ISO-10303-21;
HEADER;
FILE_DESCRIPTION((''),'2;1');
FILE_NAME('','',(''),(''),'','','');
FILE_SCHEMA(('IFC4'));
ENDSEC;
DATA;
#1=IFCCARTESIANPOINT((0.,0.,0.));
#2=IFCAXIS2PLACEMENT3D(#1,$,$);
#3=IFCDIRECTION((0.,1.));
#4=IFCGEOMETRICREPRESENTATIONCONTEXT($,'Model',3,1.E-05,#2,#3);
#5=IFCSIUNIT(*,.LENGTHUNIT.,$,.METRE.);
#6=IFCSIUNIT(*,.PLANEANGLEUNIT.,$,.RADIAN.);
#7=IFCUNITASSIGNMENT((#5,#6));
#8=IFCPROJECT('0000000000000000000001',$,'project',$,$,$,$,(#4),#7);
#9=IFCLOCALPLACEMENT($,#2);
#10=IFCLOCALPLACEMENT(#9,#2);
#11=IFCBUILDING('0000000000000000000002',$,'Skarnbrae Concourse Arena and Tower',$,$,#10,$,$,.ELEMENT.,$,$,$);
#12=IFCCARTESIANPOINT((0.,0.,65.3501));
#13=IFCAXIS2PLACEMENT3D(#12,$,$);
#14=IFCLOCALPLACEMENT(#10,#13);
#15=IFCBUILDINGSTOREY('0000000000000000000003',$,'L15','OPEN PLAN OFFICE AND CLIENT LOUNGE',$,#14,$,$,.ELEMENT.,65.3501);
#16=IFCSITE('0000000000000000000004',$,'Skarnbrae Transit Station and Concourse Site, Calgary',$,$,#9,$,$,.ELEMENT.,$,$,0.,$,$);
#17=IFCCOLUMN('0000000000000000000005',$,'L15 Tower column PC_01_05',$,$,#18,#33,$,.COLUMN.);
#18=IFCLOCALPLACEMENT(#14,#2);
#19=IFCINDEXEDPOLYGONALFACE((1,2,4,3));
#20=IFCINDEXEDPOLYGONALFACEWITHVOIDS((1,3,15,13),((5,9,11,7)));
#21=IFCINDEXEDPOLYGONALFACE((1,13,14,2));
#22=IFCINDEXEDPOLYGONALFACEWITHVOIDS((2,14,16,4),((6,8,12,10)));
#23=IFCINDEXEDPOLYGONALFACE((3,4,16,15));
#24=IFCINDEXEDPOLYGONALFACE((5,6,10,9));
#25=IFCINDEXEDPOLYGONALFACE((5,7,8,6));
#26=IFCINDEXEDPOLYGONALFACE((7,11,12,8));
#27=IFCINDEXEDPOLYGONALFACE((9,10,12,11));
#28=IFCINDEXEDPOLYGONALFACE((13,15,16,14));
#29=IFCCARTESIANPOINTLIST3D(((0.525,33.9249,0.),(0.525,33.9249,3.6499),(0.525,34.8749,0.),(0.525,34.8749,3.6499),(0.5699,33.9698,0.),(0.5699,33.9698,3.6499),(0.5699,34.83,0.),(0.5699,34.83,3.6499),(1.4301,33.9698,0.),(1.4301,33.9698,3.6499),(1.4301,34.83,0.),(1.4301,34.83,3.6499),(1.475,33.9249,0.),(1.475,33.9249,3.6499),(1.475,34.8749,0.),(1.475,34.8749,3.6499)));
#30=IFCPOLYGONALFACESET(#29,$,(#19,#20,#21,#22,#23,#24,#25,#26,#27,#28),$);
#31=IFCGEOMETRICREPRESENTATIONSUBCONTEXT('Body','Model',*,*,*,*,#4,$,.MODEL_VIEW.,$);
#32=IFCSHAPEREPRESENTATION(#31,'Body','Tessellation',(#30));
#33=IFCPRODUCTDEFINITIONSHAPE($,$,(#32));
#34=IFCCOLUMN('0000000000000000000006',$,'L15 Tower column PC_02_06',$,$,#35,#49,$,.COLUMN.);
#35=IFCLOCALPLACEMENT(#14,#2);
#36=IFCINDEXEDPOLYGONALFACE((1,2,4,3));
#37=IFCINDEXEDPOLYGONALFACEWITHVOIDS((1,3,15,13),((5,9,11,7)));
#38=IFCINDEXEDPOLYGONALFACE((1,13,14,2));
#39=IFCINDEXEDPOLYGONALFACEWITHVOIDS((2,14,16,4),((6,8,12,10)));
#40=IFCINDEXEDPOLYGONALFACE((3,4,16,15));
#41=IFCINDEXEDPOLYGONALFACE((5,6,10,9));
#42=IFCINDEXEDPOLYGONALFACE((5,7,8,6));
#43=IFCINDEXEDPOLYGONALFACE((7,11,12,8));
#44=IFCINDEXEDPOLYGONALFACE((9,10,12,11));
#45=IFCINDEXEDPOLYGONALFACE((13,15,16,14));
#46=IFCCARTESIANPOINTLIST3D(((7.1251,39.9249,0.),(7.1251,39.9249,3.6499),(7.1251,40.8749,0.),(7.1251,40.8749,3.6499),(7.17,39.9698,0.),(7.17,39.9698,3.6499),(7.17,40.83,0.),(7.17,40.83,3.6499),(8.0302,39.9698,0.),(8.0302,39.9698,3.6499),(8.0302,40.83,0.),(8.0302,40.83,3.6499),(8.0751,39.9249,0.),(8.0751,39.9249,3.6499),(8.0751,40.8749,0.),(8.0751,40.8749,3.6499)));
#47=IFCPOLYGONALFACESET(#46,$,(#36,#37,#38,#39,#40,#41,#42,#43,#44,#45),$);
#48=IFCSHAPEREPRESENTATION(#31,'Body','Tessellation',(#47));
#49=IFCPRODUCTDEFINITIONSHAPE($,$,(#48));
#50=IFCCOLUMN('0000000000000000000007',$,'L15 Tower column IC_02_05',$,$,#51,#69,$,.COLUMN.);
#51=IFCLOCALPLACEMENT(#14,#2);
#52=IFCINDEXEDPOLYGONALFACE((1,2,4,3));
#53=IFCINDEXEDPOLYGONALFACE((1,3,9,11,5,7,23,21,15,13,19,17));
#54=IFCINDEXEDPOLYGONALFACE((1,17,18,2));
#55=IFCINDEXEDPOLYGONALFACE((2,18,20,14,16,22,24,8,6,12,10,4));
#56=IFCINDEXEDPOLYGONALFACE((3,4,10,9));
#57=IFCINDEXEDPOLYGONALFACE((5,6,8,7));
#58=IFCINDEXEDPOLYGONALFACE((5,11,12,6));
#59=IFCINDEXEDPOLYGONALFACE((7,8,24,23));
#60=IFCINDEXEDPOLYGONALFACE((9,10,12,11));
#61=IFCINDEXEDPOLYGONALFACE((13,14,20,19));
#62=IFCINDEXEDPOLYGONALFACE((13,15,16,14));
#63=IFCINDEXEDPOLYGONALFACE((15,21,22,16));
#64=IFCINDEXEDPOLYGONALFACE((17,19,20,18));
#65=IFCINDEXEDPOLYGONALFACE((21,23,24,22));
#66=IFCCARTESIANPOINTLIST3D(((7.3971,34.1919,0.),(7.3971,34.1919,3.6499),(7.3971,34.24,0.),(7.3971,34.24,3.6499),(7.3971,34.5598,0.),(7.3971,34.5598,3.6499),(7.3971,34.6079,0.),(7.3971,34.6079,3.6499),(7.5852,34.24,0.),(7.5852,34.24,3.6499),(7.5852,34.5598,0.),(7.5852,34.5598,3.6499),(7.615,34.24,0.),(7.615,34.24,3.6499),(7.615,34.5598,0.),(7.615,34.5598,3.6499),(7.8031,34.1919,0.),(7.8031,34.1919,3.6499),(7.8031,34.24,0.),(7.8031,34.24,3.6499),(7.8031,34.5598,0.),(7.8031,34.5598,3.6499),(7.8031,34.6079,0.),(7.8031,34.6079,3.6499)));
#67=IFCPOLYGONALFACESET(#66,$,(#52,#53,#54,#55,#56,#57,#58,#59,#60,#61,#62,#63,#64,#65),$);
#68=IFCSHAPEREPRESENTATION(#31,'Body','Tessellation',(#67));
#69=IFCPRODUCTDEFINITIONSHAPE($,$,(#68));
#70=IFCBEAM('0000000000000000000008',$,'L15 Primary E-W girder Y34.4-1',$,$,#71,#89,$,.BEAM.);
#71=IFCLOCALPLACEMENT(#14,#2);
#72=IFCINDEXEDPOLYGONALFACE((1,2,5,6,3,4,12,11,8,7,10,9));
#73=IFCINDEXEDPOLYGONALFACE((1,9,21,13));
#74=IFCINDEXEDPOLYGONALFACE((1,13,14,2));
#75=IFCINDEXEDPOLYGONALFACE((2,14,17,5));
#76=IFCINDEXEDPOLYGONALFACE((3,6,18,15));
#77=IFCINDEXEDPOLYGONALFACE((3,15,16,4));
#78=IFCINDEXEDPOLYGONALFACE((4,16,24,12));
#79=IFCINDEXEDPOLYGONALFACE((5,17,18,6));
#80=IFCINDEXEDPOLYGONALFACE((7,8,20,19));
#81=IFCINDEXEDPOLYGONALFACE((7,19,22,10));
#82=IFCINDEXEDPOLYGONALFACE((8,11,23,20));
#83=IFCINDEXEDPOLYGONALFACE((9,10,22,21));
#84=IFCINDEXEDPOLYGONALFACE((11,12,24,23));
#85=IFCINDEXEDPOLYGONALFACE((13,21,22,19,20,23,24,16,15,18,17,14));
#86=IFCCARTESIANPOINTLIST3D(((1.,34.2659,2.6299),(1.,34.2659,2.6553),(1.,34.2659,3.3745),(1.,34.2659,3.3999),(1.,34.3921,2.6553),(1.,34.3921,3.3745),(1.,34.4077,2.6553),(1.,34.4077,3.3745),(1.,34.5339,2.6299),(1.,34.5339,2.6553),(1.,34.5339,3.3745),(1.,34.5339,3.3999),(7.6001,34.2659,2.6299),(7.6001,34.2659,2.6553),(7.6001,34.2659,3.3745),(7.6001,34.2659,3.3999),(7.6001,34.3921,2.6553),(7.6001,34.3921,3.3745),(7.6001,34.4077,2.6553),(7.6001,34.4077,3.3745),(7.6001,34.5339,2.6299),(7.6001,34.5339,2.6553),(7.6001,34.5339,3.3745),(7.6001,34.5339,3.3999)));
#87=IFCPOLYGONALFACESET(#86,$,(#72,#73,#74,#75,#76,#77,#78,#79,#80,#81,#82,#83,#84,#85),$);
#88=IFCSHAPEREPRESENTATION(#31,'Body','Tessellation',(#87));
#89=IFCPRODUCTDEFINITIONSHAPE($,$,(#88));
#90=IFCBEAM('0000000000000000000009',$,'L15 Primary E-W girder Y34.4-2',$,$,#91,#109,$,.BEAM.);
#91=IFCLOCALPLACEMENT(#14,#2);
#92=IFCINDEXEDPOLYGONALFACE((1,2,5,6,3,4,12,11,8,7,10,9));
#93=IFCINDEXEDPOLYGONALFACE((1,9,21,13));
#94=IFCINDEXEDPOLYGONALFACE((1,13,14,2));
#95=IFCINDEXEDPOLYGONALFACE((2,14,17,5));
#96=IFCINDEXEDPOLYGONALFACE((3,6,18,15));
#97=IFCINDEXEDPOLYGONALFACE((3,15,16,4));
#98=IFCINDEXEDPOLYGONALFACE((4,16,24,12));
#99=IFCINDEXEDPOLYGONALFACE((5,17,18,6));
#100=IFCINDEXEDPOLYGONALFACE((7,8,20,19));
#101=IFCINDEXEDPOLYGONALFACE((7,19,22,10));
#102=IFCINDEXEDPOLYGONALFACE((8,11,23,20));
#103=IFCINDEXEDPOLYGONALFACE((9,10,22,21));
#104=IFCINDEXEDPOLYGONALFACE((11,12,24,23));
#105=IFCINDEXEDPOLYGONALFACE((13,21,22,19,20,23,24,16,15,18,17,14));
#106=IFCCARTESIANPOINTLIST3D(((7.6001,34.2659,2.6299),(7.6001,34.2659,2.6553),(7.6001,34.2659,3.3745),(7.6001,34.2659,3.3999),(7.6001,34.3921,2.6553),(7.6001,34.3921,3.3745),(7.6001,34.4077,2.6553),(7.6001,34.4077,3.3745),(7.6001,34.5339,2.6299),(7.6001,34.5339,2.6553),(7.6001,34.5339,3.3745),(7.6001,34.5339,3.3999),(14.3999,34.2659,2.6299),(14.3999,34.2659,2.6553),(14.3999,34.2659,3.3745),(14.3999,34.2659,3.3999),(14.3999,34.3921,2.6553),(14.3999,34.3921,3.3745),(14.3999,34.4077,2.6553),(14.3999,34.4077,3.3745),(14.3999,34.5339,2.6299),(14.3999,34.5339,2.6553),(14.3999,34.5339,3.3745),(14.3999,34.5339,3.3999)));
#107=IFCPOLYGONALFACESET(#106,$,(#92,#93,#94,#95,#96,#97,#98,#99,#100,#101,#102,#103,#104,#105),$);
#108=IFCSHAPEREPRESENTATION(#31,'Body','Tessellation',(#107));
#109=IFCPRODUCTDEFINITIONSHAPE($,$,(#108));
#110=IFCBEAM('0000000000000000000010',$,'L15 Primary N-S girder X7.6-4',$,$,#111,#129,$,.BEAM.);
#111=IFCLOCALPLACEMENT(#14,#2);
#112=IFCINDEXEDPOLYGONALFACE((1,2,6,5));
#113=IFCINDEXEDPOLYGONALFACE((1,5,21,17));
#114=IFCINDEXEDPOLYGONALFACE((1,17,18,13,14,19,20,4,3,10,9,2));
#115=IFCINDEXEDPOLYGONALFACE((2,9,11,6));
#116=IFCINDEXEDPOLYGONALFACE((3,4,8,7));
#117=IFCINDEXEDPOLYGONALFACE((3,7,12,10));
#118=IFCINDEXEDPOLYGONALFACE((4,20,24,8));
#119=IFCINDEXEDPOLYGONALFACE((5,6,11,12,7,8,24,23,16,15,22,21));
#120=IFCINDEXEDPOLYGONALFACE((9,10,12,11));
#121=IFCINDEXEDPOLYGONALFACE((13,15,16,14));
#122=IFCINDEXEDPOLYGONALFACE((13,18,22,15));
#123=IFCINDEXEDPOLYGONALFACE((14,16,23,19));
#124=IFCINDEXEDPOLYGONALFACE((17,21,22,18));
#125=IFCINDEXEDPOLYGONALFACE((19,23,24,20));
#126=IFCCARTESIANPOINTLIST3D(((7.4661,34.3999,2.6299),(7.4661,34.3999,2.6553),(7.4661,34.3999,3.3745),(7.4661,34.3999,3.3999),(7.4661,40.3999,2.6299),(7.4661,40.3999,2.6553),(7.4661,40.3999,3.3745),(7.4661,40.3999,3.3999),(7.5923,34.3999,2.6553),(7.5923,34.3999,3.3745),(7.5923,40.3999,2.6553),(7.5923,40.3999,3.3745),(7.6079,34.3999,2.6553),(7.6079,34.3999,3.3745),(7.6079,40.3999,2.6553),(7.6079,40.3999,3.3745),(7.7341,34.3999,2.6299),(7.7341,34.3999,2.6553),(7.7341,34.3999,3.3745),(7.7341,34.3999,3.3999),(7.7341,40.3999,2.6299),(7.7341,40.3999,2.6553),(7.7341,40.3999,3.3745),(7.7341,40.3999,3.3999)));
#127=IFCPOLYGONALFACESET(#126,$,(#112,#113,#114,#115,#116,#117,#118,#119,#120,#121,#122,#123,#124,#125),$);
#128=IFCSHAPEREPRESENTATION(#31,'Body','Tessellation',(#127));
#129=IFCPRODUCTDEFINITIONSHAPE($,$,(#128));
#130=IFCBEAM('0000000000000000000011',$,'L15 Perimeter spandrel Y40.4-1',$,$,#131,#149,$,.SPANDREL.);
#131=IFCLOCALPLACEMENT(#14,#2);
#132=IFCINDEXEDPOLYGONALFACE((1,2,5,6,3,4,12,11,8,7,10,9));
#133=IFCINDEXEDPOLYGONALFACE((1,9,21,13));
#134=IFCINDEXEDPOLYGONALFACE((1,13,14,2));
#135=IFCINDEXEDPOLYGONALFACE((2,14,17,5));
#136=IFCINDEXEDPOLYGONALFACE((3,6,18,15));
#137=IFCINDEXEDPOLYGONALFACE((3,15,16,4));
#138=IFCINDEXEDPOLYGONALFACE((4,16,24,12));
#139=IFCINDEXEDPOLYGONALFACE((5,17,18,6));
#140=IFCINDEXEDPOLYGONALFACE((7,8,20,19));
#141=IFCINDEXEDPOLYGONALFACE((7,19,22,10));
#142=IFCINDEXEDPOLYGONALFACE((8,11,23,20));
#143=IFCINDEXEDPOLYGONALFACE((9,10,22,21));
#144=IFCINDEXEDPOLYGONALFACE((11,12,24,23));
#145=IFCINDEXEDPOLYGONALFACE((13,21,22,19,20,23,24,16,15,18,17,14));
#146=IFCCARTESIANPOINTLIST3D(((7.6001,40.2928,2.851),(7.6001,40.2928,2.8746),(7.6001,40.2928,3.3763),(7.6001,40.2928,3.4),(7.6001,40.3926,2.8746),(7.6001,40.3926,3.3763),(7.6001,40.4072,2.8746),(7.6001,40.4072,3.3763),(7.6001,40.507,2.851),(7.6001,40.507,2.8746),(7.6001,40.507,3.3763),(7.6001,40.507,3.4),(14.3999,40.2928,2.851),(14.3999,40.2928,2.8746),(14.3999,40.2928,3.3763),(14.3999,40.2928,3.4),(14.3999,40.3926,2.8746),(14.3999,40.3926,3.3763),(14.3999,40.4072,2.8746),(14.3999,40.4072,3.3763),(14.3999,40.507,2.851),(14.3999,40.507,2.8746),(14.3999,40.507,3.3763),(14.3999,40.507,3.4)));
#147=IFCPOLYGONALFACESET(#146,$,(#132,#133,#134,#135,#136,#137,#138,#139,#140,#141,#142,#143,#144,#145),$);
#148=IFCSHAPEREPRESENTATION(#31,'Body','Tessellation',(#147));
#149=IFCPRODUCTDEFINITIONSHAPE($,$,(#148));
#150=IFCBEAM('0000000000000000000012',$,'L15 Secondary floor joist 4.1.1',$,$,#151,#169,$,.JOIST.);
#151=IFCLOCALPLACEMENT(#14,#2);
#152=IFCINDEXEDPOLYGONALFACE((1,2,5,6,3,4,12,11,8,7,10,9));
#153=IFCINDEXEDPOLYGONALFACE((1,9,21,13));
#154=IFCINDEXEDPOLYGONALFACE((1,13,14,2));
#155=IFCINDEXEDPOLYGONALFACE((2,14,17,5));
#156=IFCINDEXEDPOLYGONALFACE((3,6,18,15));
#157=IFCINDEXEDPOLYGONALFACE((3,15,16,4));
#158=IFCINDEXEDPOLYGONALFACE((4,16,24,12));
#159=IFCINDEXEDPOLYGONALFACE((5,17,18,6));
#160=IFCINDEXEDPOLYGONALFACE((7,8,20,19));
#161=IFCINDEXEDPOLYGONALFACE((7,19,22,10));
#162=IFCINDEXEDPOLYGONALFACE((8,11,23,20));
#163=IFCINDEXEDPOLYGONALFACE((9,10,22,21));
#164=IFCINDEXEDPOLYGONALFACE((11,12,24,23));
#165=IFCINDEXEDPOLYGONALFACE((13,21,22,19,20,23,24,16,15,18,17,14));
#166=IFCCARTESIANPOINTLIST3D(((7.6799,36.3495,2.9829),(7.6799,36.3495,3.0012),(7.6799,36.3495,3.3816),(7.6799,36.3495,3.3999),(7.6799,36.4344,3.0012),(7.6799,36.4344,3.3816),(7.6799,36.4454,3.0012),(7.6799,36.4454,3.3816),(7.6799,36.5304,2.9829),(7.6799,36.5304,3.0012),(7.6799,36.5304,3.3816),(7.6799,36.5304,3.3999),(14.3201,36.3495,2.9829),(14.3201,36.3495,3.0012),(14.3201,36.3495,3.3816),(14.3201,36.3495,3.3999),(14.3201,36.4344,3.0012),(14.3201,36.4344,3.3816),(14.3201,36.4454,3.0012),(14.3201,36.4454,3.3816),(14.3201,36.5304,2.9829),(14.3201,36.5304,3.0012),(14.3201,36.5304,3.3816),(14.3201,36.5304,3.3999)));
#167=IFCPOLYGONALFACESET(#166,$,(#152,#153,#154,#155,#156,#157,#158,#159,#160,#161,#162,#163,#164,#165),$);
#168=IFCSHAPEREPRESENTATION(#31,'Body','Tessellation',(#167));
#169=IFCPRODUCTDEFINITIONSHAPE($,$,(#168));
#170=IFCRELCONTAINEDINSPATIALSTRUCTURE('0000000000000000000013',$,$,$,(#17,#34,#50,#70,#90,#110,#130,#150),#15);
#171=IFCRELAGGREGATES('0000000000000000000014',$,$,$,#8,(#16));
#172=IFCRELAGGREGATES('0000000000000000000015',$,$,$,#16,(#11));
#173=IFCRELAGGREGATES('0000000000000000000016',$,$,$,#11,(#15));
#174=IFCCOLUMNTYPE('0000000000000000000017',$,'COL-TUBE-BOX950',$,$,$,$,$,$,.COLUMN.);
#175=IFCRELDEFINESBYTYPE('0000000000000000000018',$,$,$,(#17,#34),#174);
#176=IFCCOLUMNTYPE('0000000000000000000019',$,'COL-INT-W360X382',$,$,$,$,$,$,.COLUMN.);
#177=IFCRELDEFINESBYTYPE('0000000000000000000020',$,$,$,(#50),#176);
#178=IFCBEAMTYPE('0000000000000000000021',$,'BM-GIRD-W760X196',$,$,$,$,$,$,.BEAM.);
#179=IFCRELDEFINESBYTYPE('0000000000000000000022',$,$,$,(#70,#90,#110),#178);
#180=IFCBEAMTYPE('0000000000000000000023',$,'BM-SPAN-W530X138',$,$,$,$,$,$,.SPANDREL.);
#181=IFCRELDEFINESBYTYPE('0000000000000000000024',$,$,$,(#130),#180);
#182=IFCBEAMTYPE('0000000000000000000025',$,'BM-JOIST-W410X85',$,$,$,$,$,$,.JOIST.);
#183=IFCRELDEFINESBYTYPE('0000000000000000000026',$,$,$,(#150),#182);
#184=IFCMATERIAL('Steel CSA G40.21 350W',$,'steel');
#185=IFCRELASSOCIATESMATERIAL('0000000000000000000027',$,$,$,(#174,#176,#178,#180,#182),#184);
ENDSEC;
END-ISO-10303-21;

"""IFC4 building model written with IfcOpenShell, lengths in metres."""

from ifc_helpers import new_model, si_unit, direction, frame, origin, origin_2d, place, context, subcontext, project, spatial, hollow_rectangle, i_section, extrude, source, transform, mapped, material, material_profile, profile_set, type_object, element, save


model = new_model("IFC4")

# Units and contexts
model_context = context("Model", 3, precision=1e-05, world=origin(), true_north=direction((0.0, 1.0)))
body_context = subcontext(model_context, "Body", "Model", "MODEL_VIEW")
ifc_project = project(units=[si_unit("LENGTHUNIT", "METRE"), si_unit("PLANEANGLEUNIT", "RADIAN")], contexts=[model_context])

# Site, building, storey
site_placement = place(None, origin())
site = spatial("IfcSite", under=ifc_project, at=site_placement, Name="Skarnbrae Transit Station and Concourse Site, Calgary", CompositionType="ELEMENT", RefElevation=0.0)
building_placement = place(site_placement, origin())
building = spatial("IfcBuilding", under=site, at=building_placement, Name="Skarnbrae Concourse Arena and Tower", CompositionType="ELEMENT")
storey_placement = place(building_placement, frame((0.0, 0.0, 65.3501)))
storey = spatial("IfcBuildingStorey", under=building, at=storey_placement, Name="L15", Description="OPEN PLAN OFFICE AND CLIENT LOUNGE", CompositionType="ELEMENT", Elevation=65.3501)

# Columns
ifc_material_1 = material(Name="Steel CSA G40.21 350W", Category="steel")
ifc_material_profile_1 = material_profile(ifc_material_1, hollow_rectangle(XDim=0.95, YDim=0.95, WallThickness=0.0449, at=origin_2d()), Name="BOX950X950X45")
ifc_profile_set_1 = profile_set([ifc_material_profile_1], Name="Steel CSA G40.21 350W")
column_type_1 = type_object("IfcColumnType", Name="COL-TUBE-BOX950", PredefinedType="COLUMN", material=ifc_profile_set_1)
shared_shape_1 = source(origin(), body_context, "Body", "SweptSolid", [
    extrude(hollow_rectangle(XDim=0.95, YDim=0.95, WallThickness=0.0449, at=origin_2d()), origin(), (0.0, 0.0, 1.0), 3.6499),
])
for number, where, z_axis, x_axis, name in (
    (1, (1.0, 34.3999, 0.0), (0.0, 0.0, 1.0), (1.0, 0.0, 0.0), "L15 Tower column PC_01_05"),
    (2, (7.6001, 40.3999, 0.0), (0.0, 0.0, 1.0), (1.0, 0.0, 0.0), "L15 Tower column PC_02_06"),
):
    element("IfcColumn", number, at=place(storey_placement, frame(where, z_axis=z_axis, x_axis=x_axis)), inside=storey, type_object=column_type_1, Name=name, PredefinedType="COLUMN", context=body_context, shape_type="MappedRepresentation", body=[
        mapped(shared_shape_1, transform((0.0, 0.0, 0.0))),
    ])
ifc_material_profile_2 = material_profile(ifc_material_1, i_section(OverallWidth=0.406, OverallDepth=0.416, WebThickness=0.0298, FlangeThickness=0.0481, at=origin_2d()), Name="W360X382")
ifc_profile_set_2 = profile_set([ifc_material_profile_2], Name="Steel CSA G40.21 350W")
column_type_2 = type_object("IfcColumnType", Name="COL-INT-W360X382", PredefinedType="COLUMN", material=ifc_profile_set_2)
shared_shape_2 = source(origin(), body_context, "Body", "SweptSolid", [
    extrude(i_section(OverallWidth=0.406, OverallDepth=0.416, WebThickness=0.0298, FlangeThickness=0.0481, at=origin_2d()), origin(), (0.0, 0.0, 1.0), 3.6499),
])
column_placement = place(storey_placement, frame((7.6001, 34.3999, 0.0), z_axis=(0.0, 0.0, 1.0), x_axis=(1.0, 0.0, 0.0)))
element("IfcColumn", 3, at=column_placement, inside=storey, type_object=column_type_2, Name="L15 Tower column IC_02_05", PredefinedType="COLUMN", context=body_context, shape_type="MappedRepresentation", body=[
    mapped(shared_shape_2, transform((0.0, 0.0, 0.0))),
])

# Beams
ifc_material_profile_3 = material_profile(ifc_material_1, i_section(OverallWidth=0.2681, OverallDepth=0.77, WebThickness=0.0156, FlangeThickness=0.0254, at=origin_2d()), Name="W760X196")
ifc_profile_set_3 = profile_set([ifc_material_profile_3], Name="Steel CSA G40.21 350W")
beam_type_1 = type_object("IfcBeamType", Name="BM-GIRD-W760X196", PredefinedType="BEAM", material=ifc_profile_set_3)
shared_shape_3 = source(origin(), body_context, "Body", "SweptSolid", [
    extrude(i_section(OverallWidth=0.2681, OverallDepth=0.77, WebThickness=0.0156, FlangeThickness=0.0254, at=origin_2d()), origin(), (0.0, 0.0, 1.0), 6.6001),
])
beam_1_placement = place(storey_placement, frame((1.0, 34.3999, 3.0149), z_axis=(1.0, 0.0, 0.0), x_axis=(0.0, 1.0, 0.0)))
element("IfcBeam", 4, at=beam_1_placement, inside=storey, type_object=beam_type_1, Name="L15 Primary E-W girder Y34.4-1", PredefinedType="BEAM", context=body_context, shape_type="MappedRepresentation", body=[
    mapped(shared_shape_3, transform((0.0, 0.0, 0.0))),
])
shared_shape_4 = source(origin(), body_context, "Body", "SweptSolid", [
    extrude(i_section(OverallWidth=0.2681, OverallDepth=0.77, WebThickness=0.0156, FlangeThickness=0.0254, at=origin_2d()), origin(), (0.0, 0.0, 1.0), 6.7998),
])
beam_2_placement = place(storey_placement, frame((7.6001, 34.3999, 3.0149), z_axis=(1.0, 0.0, 0.0), x_axis=(0.0, 1.0, 0.0)))
element("IfcBeam", 5, at=beam_2_placement, inside=storey, type_object=beam_type_1, Name="L15 Primary E-W girder Y34.4-2", PredefinedType="BEAM", context=body_context, shape_type="MappedRepresentation", body=[
    mapped(shared_shape_4, transform((0.0, 0.0, 0.0))),
])
shared_shape_5 = source(origin(), body_context, "Body", "SweptSolid", [
    extrude(i_section(OverallWidth=0.2681, OverallDepth=0.77, WebThickness=0.0156, FlangeThickness=0.0254, at=origin_2d()), origin(), (0.0, 0.0, 1.0), 6.0),
])
beam_3_placement = place(storey_placement, frame((7.6001, 34.3999, 3.0149), z_axis=(0.0, 1.0, 0.0), x_axis=(-1.0, 0.0, 0.0)))
element("IfcBeam", 6, at=beam_3_placement, inside=storey, type_object=beam_type_1, Name="L15 Primary N-S girder X7.6-4", PredefinedType="BEAM", context=body_context, shape_type="MappedRepresentation", body=[
    mapped(shared_shape_5, transform((0.0, 0.0, 0.0))),
])
ifc_material_profile_4 = material_profile(ifc_material_1, i_section(OverallWidth=0.2141, OverallDepth=0.5491, WebThickness=0.0146, FlangeThickness=0.0237, at=origin_2d()), Name="W530X138")
ifc_profile_set_4 = profile_set([ifc_material_profile_4], Name="Steel CSA G40.21 350W")
beam_type_2 = type_object("IfcBeamType", Name="BM-SPAN-W530X138", PredefinedType="SPANDREL", material=ifc_profile_set_4)
shared_shape_6 = source(origin(), body_context, "Body", "SweptSolid", [
    extrude(i_section(OverallWidth=0.2141, OverallDepth=0.5491, WebThickness=0.0146, FlangeThickness=0.0237, at=origin_2d()), origin(), (0.0, 0.0, 1.0), 6.7998),
])
beam_4_placement = place(storey_placement, frame((7.6001, 40.3999, 3.1255), z_axis=(1.0, 0.0, 0.0), x_axis=(0.0, 1.0, 0.0)))
element("IfcBeam", 7, at=beam_4_placement, inside=storey, type_object=beam_type_2, Name="L15 Perimeter spandrel Y40.4-1", PredefinedType="SPANDREL", context=body_context, shape_type="MappedRepresentation", body=[
    mapped(shared_shape_6, transform((0.0, 0.0, 0.0))),
])
ifc_material_profile_5 = material_profile(ifc_material_1, i_section(OverallWidth=0.1809, OverallDepth=0.417, WebThickness=0.011, FlangeThickness=0.0183, at=origin_2d()), Name="W410X85")
ifc_profile_set_5 = profile_set([ifc_material_profile_5], Name="Steel CSA G40.21 350W")
beam_type_3 = type_object("IfcBeamType", Name="BM-JOIST-W410X85", PredefinedType="JOIST", material=ifc_profile_set_5)
shared_shape_7 = source(origin(), body_context, "Body", "SweptSolid", [
    extrude(i_section(OverallWidth=0.1809, OverallDepth=0.417, WebThickness=0.011, FlangeThickness=0.0183, at=origin_2d()), origin(), (0.0, 0.0, 1.0), 6.6401),
])
for number, where, z_axis, x_axis, name in (
    (8, (7.6799, 36.4399, 3.1914), (1.0, 0.0, 0.0), (0.0, 1.0, 0.0), "L15 Secondary floor joist 4.1.1"),
):
    element("IfcBeam", number, at=place(storey_placement, frame(where, z_axis=z_axis, x_axis=x_axis)), inside=storey, type_object=beam_type_3, Name=name, PredefinedType="JOIST", context=body_context, shape_type="MappedRepresentation", body=[
        mapped(shared_shape_7, transform((0.0, 0.0, 0.0))),
    ])

save(model, "model.ifc")
